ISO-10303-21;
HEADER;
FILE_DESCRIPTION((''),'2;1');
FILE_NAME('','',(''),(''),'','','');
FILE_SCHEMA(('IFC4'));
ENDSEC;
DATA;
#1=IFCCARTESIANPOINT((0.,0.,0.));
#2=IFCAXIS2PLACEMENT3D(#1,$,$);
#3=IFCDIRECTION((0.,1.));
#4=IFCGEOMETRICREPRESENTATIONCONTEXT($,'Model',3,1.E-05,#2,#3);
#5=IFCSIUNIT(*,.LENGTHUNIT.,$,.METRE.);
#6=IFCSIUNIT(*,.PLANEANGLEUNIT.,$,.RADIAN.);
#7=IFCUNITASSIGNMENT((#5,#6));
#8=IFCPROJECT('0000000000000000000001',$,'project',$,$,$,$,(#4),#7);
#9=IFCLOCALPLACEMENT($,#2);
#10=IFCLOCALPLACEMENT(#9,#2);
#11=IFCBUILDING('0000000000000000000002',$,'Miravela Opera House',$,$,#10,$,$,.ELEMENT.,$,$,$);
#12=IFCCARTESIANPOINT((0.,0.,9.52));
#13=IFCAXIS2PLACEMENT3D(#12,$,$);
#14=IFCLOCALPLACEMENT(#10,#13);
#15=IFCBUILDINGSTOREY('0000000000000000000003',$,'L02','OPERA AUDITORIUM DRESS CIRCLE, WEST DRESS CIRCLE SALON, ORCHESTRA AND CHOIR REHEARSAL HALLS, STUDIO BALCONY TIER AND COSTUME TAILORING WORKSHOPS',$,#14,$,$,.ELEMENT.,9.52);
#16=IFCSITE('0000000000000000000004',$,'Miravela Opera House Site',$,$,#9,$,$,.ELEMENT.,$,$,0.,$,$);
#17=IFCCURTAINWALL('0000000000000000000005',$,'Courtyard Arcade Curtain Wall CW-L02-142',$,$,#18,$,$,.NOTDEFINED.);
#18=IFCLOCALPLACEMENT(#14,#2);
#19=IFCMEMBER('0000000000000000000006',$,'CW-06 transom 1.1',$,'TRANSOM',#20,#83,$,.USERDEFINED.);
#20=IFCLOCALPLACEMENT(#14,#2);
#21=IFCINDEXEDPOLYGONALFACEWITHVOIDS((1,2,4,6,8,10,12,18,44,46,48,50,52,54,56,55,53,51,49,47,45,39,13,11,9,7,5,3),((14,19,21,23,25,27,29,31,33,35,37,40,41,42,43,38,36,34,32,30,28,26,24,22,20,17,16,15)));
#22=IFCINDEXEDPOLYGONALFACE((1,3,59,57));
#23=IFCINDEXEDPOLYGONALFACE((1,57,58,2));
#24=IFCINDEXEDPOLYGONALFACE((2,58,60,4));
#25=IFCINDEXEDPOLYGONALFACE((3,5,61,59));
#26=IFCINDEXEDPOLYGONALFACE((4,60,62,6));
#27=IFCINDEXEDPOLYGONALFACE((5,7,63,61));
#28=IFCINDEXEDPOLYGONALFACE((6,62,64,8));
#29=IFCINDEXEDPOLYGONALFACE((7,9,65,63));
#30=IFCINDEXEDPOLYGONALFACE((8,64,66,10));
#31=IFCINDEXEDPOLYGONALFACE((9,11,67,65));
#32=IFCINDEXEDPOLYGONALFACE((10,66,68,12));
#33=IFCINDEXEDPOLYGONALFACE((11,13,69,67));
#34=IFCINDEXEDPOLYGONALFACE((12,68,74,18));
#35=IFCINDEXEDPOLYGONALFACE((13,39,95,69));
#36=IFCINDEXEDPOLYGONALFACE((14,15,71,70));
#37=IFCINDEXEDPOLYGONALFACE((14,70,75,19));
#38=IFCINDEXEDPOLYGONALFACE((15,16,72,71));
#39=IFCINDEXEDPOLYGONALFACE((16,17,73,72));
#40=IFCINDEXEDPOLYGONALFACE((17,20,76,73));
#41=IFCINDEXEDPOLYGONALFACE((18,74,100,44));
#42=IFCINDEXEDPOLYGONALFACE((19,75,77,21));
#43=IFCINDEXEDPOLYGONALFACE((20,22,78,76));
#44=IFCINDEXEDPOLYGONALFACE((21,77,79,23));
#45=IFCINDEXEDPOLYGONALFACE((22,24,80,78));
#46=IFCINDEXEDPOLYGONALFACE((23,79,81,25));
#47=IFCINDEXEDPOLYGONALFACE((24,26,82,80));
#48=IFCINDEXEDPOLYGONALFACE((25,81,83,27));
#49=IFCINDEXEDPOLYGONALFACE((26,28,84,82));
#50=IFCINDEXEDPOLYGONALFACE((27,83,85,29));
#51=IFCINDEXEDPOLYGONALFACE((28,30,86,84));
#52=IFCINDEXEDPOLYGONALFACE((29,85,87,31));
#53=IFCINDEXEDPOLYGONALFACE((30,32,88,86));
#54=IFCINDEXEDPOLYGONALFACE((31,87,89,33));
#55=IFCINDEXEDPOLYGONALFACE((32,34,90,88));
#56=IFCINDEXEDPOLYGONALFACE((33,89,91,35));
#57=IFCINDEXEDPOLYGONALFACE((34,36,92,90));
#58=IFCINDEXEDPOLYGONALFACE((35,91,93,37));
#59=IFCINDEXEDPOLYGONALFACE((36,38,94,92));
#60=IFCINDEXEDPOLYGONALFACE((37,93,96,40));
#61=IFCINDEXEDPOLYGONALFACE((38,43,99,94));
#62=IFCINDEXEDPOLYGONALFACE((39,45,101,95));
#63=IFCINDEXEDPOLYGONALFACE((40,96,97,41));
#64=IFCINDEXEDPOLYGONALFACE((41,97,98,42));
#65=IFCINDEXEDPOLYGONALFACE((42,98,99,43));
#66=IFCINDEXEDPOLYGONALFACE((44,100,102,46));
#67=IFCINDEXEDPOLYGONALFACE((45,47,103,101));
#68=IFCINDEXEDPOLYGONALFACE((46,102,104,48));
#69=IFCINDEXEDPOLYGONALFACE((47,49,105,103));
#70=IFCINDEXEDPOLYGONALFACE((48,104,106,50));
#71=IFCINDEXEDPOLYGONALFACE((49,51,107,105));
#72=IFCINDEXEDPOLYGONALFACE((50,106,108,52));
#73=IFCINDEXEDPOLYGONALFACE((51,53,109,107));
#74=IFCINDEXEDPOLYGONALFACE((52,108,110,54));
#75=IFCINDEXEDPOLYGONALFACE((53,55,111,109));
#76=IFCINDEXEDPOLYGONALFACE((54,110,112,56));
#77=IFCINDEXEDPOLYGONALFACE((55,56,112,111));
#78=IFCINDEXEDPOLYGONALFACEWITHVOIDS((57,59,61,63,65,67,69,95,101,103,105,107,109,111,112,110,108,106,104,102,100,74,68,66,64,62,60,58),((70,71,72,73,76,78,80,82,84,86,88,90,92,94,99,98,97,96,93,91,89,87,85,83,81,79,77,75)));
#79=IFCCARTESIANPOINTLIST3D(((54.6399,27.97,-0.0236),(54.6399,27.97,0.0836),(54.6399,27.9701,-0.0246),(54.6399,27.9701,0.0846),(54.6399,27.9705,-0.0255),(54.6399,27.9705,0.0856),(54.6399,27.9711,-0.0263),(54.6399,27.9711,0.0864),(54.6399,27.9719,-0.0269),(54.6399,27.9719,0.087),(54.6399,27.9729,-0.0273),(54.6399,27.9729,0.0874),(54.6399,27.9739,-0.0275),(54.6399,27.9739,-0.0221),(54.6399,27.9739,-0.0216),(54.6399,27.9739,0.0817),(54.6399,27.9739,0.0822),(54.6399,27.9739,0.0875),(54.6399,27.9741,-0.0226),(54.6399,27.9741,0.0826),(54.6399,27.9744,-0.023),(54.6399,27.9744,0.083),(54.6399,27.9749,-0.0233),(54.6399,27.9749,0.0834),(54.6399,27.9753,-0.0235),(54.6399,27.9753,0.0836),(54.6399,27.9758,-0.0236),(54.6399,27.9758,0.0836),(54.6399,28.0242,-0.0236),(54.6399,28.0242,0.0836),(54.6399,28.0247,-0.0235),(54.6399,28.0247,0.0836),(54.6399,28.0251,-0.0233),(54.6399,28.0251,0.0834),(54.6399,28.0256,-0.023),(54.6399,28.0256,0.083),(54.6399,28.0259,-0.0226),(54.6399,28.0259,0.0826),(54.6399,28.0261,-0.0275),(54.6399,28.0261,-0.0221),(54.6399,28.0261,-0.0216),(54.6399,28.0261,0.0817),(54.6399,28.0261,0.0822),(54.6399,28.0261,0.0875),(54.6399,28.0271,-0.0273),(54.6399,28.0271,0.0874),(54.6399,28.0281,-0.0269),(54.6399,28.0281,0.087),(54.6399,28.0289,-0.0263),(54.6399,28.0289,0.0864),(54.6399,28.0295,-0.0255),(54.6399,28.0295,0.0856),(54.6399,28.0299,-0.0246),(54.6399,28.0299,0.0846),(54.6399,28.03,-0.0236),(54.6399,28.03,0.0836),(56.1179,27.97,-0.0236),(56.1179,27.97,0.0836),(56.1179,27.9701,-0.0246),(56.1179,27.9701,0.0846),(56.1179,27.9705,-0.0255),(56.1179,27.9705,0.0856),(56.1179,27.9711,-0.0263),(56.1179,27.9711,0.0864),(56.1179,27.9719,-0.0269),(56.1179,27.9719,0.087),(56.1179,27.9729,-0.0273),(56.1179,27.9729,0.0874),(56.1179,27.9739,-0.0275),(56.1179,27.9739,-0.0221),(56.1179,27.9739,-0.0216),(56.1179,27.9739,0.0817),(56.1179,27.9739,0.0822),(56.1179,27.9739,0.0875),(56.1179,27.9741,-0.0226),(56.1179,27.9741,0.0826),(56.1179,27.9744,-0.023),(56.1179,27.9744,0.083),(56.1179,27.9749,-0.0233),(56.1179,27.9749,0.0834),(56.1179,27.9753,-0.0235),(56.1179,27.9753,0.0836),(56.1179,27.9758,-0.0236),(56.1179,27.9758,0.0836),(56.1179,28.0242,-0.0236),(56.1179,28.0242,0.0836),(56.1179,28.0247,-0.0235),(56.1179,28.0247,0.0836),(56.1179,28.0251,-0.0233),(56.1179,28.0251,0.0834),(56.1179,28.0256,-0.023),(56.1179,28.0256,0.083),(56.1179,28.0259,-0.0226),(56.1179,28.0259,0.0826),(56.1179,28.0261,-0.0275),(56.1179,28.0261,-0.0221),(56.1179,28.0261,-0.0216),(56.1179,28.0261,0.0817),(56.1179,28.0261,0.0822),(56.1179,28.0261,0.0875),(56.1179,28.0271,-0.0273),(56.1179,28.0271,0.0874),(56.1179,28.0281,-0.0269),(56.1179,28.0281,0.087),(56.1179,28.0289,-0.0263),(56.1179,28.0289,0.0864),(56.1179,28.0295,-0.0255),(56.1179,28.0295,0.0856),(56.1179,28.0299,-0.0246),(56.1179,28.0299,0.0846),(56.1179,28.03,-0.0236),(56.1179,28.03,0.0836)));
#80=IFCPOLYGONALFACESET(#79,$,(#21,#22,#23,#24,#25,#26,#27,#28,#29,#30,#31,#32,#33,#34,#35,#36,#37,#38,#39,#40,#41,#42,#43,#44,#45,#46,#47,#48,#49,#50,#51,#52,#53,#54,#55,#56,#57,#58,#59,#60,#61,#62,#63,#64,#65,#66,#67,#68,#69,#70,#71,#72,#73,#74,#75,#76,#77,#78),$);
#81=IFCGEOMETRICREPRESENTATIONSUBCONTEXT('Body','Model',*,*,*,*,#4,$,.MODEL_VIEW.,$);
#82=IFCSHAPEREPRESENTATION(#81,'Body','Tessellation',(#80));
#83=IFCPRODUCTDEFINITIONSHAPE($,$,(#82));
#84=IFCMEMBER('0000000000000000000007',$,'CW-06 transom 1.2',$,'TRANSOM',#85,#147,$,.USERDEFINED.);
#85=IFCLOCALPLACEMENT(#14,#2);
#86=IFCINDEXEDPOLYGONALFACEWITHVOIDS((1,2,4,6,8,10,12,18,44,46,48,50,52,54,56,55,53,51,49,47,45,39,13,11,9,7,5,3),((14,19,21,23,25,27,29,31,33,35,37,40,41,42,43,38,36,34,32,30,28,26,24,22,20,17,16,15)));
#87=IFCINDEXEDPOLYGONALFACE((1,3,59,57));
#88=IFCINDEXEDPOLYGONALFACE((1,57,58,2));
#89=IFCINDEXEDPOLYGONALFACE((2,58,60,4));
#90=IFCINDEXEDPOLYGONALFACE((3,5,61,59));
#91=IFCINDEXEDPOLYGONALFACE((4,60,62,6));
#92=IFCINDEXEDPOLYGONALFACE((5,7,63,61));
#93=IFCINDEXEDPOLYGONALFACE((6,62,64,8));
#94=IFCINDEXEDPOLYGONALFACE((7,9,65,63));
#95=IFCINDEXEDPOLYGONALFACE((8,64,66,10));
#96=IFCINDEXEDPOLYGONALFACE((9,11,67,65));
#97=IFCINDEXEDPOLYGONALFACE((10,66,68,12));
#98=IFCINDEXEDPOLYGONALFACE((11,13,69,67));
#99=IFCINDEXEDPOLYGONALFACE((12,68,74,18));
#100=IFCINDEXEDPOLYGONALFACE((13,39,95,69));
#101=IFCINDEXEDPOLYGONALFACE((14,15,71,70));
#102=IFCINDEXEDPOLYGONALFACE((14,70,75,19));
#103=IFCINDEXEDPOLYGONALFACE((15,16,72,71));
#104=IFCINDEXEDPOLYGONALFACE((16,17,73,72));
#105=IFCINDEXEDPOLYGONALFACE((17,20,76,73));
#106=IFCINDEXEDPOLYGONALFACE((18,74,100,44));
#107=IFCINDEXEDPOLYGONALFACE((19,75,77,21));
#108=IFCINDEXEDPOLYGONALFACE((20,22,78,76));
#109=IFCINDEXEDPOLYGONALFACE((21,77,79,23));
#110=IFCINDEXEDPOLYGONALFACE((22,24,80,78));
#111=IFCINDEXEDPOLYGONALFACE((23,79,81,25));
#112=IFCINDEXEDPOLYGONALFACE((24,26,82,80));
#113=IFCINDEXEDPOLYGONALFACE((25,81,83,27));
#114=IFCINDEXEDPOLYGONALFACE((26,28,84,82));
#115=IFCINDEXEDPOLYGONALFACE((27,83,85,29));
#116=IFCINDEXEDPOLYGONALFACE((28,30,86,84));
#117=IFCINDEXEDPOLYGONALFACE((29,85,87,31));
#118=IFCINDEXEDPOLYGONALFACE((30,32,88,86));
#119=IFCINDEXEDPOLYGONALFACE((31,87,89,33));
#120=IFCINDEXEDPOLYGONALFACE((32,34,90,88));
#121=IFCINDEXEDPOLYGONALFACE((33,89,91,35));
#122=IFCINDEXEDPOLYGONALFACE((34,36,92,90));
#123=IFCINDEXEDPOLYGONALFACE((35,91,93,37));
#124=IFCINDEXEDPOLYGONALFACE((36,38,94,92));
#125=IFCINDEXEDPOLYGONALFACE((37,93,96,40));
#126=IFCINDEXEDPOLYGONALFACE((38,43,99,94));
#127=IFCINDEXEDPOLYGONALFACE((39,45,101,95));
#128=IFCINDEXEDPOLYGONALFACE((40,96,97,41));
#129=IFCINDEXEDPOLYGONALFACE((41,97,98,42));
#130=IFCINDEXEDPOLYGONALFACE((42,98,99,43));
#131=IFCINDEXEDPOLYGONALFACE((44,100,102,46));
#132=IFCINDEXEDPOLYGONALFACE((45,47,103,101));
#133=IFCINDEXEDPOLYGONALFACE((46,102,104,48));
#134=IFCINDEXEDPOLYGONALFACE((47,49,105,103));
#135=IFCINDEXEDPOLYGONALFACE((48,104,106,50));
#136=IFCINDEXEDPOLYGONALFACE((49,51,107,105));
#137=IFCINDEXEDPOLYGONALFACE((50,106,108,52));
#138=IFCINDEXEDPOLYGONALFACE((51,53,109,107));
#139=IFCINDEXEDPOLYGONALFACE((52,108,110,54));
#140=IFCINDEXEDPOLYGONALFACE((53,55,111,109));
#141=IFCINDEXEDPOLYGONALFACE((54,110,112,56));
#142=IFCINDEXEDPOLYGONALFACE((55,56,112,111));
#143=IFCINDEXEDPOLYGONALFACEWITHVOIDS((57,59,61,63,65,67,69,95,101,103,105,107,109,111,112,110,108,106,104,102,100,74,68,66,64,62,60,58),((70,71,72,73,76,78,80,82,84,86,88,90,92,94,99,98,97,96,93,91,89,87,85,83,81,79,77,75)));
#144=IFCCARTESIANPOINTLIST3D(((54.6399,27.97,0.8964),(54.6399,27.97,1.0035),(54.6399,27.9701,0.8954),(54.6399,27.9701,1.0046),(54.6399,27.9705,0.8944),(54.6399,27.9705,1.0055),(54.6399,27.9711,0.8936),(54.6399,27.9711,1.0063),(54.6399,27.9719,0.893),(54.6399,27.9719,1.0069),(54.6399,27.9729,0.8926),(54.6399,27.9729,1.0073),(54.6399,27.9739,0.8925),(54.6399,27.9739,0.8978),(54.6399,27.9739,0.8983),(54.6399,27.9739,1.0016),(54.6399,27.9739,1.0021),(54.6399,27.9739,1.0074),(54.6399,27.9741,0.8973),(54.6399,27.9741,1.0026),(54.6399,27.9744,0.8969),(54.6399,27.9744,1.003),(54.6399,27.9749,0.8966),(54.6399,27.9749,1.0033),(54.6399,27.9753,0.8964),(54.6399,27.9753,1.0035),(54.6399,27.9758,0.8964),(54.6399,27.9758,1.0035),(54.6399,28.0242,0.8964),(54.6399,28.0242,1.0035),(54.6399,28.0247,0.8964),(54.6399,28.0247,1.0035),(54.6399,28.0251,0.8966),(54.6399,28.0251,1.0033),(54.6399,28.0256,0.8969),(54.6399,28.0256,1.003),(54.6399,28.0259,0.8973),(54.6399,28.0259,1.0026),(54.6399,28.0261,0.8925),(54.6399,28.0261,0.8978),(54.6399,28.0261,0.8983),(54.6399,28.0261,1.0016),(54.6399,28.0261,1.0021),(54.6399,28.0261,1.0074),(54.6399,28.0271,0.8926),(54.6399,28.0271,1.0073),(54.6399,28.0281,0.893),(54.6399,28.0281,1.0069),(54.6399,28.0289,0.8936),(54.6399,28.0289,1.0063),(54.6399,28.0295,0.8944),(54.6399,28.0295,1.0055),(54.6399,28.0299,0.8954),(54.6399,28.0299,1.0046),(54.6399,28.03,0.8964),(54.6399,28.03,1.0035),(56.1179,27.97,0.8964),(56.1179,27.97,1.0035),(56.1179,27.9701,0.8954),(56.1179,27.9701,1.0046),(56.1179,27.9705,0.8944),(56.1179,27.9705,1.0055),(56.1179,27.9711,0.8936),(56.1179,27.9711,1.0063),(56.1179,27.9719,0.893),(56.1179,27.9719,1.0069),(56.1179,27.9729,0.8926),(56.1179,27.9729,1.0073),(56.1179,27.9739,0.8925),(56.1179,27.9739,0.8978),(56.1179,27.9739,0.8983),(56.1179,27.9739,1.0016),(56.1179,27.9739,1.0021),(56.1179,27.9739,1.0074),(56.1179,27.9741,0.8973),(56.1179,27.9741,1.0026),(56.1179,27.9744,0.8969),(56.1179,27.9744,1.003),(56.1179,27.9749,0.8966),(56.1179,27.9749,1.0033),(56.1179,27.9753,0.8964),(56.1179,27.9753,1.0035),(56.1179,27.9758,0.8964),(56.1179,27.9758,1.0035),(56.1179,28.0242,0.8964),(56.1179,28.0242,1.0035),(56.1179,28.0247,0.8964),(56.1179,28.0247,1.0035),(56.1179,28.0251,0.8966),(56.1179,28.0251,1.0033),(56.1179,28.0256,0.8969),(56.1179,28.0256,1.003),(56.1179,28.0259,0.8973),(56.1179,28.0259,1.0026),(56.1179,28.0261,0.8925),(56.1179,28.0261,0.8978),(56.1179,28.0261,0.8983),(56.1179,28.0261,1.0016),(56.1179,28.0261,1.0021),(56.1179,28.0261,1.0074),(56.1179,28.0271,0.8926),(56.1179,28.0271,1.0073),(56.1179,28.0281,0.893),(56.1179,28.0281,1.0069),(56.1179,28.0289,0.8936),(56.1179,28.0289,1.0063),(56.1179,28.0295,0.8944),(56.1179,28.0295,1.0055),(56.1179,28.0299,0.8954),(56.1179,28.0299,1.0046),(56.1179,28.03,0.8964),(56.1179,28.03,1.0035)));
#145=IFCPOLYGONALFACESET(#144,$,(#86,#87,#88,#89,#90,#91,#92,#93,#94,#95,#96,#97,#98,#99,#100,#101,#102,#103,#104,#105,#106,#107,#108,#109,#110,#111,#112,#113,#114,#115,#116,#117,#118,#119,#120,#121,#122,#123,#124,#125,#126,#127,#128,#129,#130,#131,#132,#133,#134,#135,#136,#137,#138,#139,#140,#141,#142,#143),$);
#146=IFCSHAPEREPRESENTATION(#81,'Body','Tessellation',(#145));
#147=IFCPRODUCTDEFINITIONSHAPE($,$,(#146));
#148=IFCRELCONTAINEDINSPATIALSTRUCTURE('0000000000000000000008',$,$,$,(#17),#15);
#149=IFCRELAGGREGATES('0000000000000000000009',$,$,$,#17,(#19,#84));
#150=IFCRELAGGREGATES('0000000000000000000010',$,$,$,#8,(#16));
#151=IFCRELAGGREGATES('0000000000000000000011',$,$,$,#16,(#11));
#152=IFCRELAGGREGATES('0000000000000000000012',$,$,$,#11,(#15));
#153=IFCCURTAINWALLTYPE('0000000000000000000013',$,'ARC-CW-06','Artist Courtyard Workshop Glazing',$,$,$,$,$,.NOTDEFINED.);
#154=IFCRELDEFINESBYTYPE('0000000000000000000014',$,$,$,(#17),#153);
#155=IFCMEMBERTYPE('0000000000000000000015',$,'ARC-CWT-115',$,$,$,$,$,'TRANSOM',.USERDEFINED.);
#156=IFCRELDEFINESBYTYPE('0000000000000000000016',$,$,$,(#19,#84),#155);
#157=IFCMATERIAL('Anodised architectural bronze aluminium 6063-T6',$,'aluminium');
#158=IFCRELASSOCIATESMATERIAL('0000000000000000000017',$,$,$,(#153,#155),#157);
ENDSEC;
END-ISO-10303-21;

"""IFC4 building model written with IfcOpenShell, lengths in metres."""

from ifc_helpers import new_model, si_unit, direction, frame, origin, origin_2d, place, context, subcontext, project, spatial, hollow_rectangle, extrude, material, material_profile, profile_set, type_object, element, aggregate, save


model = new_model("IFC4")

# Units and contexts
model_context = context("Model", 3, precision=1e-05, world=origin(), true_north=direction((0.0, 1.0)))
body_context = subcontext(model_context, "Body", "Model", "MODEL_VIEW")
ifc_project = project(units=[si_unit("LENGTHUNIT", "METRE"), si_unit("PLANEANGLEUNIT", "RADIAN")], contexts=[model_context])

# Site, building, storey
site_placement = place(None, origin())
site = spatial("IfcSite", under=ifc_project, at=site_placement, Name="Miravela Opera House Site", CompositionType="ELEMENT", RefElevation=0.0)
building_placement = place(site_placement, origin())
building = spatial("IfcBuilding", under=site, at=building_placement, Name="Miravela Opera House", CompositionType="ELEMENT")
storey_placement = place(building_placement, frame((0.0, 0.0, 9.52)))
storey = spatial("IfcBuildingStorey", under=building, at=storey_placement, Name="L02", Description="OPERA AUDITORIUM DRESS CIRCLE, WEST DRESS CIRCLE SALON, ORCHESTRA AND CHOIR REHEARSAL HALLS, STUDIO BALCONY TIER AND COSTUME TAILORING WORKSHOPS", CompositionType="ELEMENT", Elevation=9.52)

# Shared definitions
ifc_material_1 = material(Name="Anodised architectural bronze aluminium 6063-T6", Category="aluminium")
curtain_wall_type = type_object("IfcCurtainWallType", Name="ARC-CW-06", Description="Artist Courtyard Workshop Glazing", PredefinedType="NOTDEFINED", material=ifc_material_1)

# Curtain wall
curtain_wall_1_placement = place(storey_placement, origin())
curtain_wall_1 = element("IfcCurtainWall", 1, at=curtain_wall_1_placement, inside=storey, type_object=curtain_wall_type, Name="Courtyard Arcade Curtain Wall CW-L02-142", PredefinedType="NOTDEFINED")

# Members
ifc_material_profile_1 = material_profile(ifc_material_1, hollow_rectangle(XDim=0.0601, YDim=0.115, WallThickness=0.0039, InnerFilletRadius=0.002, OuterFilletRadius=0.0039, at=origin_2d()), Name="CWT-60X115")
ifc_profile_set_1 = profile_set([ifc_material_profile_1])
member_type_1 = type_object("IfcMemberType", Name="ARC-CWT-115", ElementType="TRANSOM", PredefinedType="USERDEFINED", material=ifc_profile_set_1)
member_1_placement = place(storey_placement, frame((54.6399, 28.0, 0.03), z_axis=(1.0, 0.0, 0.0), x_axis=(0.0, 1.0, 0.0)))
member_1 = element("IfcMember", 2, at=member_1_placement, type_object=member_type_1, Name="CW-06 transom 1.1", ObjectType="TRANSOM", PredefinedType="USERDEFINED", context=body_context, shape_type="SweptSolid", body=[
    extrude(hollow_rectangle(XDim=0.0601, YDim=0.115, WallThickness=0.0039, InnerFilletRadius=0.002, OuterFilletRadius=0.0039, at=origin_2d()), origin(), (0.0, 0.0, 1.0), 1.478),
])
member_2_placement = place(storey_placement, frame((54.6399, 28.0, 0.95), z_axis=(1.0, 0.0, 0.0), x_axis=(0.0, 1.0, 0.0)))
member_2 = element("IfcMember", 3, at=member_2_placement, type_object=member_type_1, Name="CW-06 transom 1.2", ObjectType="TRANSOM", PredefinedType="USERDEFINED", context=body_context, shape_type="SweptSolid", body=[
    extrude(hollow_rectangle(XDim=0.0601, YDim=0.115, WallThickness=0.0039, InnerFilletRadius=0.002, OuterFilletRadius=0.0039, at=origin_2d()), origin(), (0.0, 0.0, 1.0), 1.478),
])
aggregate(curtain_wall_1, [member_1, member_2])

save(model, "model.ifc")
